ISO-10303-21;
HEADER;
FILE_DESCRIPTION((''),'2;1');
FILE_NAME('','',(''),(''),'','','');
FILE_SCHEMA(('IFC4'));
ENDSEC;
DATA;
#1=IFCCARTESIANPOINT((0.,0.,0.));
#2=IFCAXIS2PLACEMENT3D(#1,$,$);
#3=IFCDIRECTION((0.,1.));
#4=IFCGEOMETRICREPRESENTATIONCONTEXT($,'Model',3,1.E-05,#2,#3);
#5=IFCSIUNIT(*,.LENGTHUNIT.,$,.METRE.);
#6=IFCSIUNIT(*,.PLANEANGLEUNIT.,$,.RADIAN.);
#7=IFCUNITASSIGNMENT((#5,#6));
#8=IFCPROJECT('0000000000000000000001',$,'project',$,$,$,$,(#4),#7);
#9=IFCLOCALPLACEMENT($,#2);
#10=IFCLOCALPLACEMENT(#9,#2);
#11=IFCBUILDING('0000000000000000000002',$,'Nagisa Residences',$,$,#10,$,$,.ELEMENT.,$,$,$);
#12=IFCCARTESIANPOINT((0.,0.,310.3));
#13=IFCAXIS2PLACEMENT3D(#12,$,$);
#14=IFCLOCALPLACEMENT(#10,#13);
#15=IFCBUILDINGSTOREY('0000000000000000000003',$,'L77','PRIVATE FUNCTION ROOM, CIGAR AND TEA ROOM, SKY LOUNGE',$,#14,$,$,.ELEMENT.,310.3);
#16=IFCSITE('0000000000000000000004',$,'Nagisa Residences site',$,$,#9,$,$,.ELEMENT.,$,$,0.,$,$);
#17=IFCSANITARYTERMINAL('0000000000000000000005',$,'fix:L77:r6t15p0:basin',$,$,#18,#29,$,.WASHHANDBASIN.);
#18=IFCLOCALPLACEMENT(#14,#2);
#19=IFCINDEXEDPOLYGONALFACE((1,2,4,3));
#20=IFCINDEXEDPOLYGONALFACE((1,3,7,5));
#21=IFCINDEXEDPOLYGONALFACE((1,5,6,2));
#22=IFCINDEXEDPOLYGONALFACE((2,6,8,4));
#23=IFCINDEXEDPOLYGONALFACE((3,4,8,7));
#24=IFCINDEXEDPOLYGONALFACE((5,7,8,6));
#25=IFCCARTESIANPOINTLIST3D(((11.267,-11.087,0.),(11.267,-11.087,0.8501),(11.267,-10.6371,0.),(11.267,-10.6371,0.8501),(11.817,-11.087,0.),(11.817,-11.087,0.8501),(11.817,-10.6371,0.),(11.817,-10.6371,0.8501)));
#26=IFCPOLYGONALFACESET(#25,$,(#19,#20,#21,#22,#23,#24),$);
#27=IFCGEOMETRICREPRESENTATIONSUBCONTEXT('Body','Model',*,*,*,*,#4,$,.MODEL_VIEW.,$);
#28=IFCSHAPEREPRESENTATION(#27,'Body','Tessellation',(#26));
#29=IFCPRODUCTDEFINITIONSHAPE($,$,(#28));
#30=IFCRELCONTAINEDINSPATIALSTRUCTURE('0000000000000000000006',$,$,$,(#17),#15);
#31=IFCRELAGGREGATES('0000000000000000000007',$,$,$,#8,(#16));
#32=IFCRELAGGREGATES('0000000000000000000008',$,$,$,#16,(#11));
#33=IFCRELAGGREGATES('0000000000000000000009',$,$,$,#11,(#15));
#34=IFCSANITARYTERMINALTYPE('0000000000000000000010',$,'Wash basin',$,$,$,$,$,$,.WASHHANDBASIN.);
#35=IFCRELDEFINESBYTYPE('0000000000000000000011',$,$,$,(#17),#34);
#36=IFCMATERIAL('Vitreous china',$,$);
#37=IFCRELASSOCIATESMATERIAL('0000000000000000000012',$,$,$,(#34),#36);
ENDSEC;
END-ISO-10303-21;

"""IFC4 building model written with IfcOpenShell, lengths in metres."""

from ifc_helpers import new_model, si_unit, direction, frame, origin, origin_2d, place, context, subcontext, project, spatial, rectangle, extrude, material, type_object, element, save


model = new_model("IFC4")

# Units and contexts
model_context = context("Model", 3, precision=1e-05, world=origin(), true_north=direction((0.0, 1.0)))
body_context = subcontext(model_context, "Body", "Model", "MODEL_VIEW")
ifc_project = project(units=[si_unit("LENGTHUNIT", "METRE"), si_unit("PLANEANGLEUNIT", "RADIAN")], contexts=[model_context])

# Site, building, storey
site_placement = place(None, origin())
site = spatial("IfcSite", under=ifc_project, at=site_placement, Name="Nagisa Residences site", CompositionType="ELEMENT", RefElevation=0.0)
building_placement = place(site_placement, origin())
building = spatial("IfcBuilding", under=site, at=building_placement, Name="Nagisa Residences", CompositionType="ELEMENT")
storey_placement = place(building_placement, frame((0.0, 0.0, 310.3)))
storey = spatial("IfcBuildingStorey", under=building, at=storey_placement, Name="L77", Description="PRIVATE FUNCTION ROOM, CIGAR AND TEA ROOM, SKY LOUNGE", CompositionType="ELEMENT", Elevation=310.3)

# Sanitary terminal
ifc_material_1 = material(Name="Vitreous china")
sanitary_terminal_type_1 = type_object("IfcSanitaryTerminalType", Name="Wash basin", PredefinedType="WASHHANDBASIN", material=ifc_material_1)
sanitary_terminal_1_placement = place(storey_placement, frame((11.542, -10.8621, 0.0), z_axis=(0.0, 0.0, 1.0), x_axis=(1.0, 0.0, 0.0)))
element("IfcSanitaryTerminal", 1, at=sanitary_terminal_1_placement, inside=storey, type_object=sanitary_terminal_type_1, Name="fix:L77:r6t15p0:basin", PredefinedType="WASHHANDBASIN", context=body_context, shape_type="SweptSolid", body=[
    extrude(rectangle(XDim=0.55, YDim=0.45, at=origin_2d()), origin(), (0.0, 0.0, 1.0), 0.8501),
])

save(model, "model.ifc")
